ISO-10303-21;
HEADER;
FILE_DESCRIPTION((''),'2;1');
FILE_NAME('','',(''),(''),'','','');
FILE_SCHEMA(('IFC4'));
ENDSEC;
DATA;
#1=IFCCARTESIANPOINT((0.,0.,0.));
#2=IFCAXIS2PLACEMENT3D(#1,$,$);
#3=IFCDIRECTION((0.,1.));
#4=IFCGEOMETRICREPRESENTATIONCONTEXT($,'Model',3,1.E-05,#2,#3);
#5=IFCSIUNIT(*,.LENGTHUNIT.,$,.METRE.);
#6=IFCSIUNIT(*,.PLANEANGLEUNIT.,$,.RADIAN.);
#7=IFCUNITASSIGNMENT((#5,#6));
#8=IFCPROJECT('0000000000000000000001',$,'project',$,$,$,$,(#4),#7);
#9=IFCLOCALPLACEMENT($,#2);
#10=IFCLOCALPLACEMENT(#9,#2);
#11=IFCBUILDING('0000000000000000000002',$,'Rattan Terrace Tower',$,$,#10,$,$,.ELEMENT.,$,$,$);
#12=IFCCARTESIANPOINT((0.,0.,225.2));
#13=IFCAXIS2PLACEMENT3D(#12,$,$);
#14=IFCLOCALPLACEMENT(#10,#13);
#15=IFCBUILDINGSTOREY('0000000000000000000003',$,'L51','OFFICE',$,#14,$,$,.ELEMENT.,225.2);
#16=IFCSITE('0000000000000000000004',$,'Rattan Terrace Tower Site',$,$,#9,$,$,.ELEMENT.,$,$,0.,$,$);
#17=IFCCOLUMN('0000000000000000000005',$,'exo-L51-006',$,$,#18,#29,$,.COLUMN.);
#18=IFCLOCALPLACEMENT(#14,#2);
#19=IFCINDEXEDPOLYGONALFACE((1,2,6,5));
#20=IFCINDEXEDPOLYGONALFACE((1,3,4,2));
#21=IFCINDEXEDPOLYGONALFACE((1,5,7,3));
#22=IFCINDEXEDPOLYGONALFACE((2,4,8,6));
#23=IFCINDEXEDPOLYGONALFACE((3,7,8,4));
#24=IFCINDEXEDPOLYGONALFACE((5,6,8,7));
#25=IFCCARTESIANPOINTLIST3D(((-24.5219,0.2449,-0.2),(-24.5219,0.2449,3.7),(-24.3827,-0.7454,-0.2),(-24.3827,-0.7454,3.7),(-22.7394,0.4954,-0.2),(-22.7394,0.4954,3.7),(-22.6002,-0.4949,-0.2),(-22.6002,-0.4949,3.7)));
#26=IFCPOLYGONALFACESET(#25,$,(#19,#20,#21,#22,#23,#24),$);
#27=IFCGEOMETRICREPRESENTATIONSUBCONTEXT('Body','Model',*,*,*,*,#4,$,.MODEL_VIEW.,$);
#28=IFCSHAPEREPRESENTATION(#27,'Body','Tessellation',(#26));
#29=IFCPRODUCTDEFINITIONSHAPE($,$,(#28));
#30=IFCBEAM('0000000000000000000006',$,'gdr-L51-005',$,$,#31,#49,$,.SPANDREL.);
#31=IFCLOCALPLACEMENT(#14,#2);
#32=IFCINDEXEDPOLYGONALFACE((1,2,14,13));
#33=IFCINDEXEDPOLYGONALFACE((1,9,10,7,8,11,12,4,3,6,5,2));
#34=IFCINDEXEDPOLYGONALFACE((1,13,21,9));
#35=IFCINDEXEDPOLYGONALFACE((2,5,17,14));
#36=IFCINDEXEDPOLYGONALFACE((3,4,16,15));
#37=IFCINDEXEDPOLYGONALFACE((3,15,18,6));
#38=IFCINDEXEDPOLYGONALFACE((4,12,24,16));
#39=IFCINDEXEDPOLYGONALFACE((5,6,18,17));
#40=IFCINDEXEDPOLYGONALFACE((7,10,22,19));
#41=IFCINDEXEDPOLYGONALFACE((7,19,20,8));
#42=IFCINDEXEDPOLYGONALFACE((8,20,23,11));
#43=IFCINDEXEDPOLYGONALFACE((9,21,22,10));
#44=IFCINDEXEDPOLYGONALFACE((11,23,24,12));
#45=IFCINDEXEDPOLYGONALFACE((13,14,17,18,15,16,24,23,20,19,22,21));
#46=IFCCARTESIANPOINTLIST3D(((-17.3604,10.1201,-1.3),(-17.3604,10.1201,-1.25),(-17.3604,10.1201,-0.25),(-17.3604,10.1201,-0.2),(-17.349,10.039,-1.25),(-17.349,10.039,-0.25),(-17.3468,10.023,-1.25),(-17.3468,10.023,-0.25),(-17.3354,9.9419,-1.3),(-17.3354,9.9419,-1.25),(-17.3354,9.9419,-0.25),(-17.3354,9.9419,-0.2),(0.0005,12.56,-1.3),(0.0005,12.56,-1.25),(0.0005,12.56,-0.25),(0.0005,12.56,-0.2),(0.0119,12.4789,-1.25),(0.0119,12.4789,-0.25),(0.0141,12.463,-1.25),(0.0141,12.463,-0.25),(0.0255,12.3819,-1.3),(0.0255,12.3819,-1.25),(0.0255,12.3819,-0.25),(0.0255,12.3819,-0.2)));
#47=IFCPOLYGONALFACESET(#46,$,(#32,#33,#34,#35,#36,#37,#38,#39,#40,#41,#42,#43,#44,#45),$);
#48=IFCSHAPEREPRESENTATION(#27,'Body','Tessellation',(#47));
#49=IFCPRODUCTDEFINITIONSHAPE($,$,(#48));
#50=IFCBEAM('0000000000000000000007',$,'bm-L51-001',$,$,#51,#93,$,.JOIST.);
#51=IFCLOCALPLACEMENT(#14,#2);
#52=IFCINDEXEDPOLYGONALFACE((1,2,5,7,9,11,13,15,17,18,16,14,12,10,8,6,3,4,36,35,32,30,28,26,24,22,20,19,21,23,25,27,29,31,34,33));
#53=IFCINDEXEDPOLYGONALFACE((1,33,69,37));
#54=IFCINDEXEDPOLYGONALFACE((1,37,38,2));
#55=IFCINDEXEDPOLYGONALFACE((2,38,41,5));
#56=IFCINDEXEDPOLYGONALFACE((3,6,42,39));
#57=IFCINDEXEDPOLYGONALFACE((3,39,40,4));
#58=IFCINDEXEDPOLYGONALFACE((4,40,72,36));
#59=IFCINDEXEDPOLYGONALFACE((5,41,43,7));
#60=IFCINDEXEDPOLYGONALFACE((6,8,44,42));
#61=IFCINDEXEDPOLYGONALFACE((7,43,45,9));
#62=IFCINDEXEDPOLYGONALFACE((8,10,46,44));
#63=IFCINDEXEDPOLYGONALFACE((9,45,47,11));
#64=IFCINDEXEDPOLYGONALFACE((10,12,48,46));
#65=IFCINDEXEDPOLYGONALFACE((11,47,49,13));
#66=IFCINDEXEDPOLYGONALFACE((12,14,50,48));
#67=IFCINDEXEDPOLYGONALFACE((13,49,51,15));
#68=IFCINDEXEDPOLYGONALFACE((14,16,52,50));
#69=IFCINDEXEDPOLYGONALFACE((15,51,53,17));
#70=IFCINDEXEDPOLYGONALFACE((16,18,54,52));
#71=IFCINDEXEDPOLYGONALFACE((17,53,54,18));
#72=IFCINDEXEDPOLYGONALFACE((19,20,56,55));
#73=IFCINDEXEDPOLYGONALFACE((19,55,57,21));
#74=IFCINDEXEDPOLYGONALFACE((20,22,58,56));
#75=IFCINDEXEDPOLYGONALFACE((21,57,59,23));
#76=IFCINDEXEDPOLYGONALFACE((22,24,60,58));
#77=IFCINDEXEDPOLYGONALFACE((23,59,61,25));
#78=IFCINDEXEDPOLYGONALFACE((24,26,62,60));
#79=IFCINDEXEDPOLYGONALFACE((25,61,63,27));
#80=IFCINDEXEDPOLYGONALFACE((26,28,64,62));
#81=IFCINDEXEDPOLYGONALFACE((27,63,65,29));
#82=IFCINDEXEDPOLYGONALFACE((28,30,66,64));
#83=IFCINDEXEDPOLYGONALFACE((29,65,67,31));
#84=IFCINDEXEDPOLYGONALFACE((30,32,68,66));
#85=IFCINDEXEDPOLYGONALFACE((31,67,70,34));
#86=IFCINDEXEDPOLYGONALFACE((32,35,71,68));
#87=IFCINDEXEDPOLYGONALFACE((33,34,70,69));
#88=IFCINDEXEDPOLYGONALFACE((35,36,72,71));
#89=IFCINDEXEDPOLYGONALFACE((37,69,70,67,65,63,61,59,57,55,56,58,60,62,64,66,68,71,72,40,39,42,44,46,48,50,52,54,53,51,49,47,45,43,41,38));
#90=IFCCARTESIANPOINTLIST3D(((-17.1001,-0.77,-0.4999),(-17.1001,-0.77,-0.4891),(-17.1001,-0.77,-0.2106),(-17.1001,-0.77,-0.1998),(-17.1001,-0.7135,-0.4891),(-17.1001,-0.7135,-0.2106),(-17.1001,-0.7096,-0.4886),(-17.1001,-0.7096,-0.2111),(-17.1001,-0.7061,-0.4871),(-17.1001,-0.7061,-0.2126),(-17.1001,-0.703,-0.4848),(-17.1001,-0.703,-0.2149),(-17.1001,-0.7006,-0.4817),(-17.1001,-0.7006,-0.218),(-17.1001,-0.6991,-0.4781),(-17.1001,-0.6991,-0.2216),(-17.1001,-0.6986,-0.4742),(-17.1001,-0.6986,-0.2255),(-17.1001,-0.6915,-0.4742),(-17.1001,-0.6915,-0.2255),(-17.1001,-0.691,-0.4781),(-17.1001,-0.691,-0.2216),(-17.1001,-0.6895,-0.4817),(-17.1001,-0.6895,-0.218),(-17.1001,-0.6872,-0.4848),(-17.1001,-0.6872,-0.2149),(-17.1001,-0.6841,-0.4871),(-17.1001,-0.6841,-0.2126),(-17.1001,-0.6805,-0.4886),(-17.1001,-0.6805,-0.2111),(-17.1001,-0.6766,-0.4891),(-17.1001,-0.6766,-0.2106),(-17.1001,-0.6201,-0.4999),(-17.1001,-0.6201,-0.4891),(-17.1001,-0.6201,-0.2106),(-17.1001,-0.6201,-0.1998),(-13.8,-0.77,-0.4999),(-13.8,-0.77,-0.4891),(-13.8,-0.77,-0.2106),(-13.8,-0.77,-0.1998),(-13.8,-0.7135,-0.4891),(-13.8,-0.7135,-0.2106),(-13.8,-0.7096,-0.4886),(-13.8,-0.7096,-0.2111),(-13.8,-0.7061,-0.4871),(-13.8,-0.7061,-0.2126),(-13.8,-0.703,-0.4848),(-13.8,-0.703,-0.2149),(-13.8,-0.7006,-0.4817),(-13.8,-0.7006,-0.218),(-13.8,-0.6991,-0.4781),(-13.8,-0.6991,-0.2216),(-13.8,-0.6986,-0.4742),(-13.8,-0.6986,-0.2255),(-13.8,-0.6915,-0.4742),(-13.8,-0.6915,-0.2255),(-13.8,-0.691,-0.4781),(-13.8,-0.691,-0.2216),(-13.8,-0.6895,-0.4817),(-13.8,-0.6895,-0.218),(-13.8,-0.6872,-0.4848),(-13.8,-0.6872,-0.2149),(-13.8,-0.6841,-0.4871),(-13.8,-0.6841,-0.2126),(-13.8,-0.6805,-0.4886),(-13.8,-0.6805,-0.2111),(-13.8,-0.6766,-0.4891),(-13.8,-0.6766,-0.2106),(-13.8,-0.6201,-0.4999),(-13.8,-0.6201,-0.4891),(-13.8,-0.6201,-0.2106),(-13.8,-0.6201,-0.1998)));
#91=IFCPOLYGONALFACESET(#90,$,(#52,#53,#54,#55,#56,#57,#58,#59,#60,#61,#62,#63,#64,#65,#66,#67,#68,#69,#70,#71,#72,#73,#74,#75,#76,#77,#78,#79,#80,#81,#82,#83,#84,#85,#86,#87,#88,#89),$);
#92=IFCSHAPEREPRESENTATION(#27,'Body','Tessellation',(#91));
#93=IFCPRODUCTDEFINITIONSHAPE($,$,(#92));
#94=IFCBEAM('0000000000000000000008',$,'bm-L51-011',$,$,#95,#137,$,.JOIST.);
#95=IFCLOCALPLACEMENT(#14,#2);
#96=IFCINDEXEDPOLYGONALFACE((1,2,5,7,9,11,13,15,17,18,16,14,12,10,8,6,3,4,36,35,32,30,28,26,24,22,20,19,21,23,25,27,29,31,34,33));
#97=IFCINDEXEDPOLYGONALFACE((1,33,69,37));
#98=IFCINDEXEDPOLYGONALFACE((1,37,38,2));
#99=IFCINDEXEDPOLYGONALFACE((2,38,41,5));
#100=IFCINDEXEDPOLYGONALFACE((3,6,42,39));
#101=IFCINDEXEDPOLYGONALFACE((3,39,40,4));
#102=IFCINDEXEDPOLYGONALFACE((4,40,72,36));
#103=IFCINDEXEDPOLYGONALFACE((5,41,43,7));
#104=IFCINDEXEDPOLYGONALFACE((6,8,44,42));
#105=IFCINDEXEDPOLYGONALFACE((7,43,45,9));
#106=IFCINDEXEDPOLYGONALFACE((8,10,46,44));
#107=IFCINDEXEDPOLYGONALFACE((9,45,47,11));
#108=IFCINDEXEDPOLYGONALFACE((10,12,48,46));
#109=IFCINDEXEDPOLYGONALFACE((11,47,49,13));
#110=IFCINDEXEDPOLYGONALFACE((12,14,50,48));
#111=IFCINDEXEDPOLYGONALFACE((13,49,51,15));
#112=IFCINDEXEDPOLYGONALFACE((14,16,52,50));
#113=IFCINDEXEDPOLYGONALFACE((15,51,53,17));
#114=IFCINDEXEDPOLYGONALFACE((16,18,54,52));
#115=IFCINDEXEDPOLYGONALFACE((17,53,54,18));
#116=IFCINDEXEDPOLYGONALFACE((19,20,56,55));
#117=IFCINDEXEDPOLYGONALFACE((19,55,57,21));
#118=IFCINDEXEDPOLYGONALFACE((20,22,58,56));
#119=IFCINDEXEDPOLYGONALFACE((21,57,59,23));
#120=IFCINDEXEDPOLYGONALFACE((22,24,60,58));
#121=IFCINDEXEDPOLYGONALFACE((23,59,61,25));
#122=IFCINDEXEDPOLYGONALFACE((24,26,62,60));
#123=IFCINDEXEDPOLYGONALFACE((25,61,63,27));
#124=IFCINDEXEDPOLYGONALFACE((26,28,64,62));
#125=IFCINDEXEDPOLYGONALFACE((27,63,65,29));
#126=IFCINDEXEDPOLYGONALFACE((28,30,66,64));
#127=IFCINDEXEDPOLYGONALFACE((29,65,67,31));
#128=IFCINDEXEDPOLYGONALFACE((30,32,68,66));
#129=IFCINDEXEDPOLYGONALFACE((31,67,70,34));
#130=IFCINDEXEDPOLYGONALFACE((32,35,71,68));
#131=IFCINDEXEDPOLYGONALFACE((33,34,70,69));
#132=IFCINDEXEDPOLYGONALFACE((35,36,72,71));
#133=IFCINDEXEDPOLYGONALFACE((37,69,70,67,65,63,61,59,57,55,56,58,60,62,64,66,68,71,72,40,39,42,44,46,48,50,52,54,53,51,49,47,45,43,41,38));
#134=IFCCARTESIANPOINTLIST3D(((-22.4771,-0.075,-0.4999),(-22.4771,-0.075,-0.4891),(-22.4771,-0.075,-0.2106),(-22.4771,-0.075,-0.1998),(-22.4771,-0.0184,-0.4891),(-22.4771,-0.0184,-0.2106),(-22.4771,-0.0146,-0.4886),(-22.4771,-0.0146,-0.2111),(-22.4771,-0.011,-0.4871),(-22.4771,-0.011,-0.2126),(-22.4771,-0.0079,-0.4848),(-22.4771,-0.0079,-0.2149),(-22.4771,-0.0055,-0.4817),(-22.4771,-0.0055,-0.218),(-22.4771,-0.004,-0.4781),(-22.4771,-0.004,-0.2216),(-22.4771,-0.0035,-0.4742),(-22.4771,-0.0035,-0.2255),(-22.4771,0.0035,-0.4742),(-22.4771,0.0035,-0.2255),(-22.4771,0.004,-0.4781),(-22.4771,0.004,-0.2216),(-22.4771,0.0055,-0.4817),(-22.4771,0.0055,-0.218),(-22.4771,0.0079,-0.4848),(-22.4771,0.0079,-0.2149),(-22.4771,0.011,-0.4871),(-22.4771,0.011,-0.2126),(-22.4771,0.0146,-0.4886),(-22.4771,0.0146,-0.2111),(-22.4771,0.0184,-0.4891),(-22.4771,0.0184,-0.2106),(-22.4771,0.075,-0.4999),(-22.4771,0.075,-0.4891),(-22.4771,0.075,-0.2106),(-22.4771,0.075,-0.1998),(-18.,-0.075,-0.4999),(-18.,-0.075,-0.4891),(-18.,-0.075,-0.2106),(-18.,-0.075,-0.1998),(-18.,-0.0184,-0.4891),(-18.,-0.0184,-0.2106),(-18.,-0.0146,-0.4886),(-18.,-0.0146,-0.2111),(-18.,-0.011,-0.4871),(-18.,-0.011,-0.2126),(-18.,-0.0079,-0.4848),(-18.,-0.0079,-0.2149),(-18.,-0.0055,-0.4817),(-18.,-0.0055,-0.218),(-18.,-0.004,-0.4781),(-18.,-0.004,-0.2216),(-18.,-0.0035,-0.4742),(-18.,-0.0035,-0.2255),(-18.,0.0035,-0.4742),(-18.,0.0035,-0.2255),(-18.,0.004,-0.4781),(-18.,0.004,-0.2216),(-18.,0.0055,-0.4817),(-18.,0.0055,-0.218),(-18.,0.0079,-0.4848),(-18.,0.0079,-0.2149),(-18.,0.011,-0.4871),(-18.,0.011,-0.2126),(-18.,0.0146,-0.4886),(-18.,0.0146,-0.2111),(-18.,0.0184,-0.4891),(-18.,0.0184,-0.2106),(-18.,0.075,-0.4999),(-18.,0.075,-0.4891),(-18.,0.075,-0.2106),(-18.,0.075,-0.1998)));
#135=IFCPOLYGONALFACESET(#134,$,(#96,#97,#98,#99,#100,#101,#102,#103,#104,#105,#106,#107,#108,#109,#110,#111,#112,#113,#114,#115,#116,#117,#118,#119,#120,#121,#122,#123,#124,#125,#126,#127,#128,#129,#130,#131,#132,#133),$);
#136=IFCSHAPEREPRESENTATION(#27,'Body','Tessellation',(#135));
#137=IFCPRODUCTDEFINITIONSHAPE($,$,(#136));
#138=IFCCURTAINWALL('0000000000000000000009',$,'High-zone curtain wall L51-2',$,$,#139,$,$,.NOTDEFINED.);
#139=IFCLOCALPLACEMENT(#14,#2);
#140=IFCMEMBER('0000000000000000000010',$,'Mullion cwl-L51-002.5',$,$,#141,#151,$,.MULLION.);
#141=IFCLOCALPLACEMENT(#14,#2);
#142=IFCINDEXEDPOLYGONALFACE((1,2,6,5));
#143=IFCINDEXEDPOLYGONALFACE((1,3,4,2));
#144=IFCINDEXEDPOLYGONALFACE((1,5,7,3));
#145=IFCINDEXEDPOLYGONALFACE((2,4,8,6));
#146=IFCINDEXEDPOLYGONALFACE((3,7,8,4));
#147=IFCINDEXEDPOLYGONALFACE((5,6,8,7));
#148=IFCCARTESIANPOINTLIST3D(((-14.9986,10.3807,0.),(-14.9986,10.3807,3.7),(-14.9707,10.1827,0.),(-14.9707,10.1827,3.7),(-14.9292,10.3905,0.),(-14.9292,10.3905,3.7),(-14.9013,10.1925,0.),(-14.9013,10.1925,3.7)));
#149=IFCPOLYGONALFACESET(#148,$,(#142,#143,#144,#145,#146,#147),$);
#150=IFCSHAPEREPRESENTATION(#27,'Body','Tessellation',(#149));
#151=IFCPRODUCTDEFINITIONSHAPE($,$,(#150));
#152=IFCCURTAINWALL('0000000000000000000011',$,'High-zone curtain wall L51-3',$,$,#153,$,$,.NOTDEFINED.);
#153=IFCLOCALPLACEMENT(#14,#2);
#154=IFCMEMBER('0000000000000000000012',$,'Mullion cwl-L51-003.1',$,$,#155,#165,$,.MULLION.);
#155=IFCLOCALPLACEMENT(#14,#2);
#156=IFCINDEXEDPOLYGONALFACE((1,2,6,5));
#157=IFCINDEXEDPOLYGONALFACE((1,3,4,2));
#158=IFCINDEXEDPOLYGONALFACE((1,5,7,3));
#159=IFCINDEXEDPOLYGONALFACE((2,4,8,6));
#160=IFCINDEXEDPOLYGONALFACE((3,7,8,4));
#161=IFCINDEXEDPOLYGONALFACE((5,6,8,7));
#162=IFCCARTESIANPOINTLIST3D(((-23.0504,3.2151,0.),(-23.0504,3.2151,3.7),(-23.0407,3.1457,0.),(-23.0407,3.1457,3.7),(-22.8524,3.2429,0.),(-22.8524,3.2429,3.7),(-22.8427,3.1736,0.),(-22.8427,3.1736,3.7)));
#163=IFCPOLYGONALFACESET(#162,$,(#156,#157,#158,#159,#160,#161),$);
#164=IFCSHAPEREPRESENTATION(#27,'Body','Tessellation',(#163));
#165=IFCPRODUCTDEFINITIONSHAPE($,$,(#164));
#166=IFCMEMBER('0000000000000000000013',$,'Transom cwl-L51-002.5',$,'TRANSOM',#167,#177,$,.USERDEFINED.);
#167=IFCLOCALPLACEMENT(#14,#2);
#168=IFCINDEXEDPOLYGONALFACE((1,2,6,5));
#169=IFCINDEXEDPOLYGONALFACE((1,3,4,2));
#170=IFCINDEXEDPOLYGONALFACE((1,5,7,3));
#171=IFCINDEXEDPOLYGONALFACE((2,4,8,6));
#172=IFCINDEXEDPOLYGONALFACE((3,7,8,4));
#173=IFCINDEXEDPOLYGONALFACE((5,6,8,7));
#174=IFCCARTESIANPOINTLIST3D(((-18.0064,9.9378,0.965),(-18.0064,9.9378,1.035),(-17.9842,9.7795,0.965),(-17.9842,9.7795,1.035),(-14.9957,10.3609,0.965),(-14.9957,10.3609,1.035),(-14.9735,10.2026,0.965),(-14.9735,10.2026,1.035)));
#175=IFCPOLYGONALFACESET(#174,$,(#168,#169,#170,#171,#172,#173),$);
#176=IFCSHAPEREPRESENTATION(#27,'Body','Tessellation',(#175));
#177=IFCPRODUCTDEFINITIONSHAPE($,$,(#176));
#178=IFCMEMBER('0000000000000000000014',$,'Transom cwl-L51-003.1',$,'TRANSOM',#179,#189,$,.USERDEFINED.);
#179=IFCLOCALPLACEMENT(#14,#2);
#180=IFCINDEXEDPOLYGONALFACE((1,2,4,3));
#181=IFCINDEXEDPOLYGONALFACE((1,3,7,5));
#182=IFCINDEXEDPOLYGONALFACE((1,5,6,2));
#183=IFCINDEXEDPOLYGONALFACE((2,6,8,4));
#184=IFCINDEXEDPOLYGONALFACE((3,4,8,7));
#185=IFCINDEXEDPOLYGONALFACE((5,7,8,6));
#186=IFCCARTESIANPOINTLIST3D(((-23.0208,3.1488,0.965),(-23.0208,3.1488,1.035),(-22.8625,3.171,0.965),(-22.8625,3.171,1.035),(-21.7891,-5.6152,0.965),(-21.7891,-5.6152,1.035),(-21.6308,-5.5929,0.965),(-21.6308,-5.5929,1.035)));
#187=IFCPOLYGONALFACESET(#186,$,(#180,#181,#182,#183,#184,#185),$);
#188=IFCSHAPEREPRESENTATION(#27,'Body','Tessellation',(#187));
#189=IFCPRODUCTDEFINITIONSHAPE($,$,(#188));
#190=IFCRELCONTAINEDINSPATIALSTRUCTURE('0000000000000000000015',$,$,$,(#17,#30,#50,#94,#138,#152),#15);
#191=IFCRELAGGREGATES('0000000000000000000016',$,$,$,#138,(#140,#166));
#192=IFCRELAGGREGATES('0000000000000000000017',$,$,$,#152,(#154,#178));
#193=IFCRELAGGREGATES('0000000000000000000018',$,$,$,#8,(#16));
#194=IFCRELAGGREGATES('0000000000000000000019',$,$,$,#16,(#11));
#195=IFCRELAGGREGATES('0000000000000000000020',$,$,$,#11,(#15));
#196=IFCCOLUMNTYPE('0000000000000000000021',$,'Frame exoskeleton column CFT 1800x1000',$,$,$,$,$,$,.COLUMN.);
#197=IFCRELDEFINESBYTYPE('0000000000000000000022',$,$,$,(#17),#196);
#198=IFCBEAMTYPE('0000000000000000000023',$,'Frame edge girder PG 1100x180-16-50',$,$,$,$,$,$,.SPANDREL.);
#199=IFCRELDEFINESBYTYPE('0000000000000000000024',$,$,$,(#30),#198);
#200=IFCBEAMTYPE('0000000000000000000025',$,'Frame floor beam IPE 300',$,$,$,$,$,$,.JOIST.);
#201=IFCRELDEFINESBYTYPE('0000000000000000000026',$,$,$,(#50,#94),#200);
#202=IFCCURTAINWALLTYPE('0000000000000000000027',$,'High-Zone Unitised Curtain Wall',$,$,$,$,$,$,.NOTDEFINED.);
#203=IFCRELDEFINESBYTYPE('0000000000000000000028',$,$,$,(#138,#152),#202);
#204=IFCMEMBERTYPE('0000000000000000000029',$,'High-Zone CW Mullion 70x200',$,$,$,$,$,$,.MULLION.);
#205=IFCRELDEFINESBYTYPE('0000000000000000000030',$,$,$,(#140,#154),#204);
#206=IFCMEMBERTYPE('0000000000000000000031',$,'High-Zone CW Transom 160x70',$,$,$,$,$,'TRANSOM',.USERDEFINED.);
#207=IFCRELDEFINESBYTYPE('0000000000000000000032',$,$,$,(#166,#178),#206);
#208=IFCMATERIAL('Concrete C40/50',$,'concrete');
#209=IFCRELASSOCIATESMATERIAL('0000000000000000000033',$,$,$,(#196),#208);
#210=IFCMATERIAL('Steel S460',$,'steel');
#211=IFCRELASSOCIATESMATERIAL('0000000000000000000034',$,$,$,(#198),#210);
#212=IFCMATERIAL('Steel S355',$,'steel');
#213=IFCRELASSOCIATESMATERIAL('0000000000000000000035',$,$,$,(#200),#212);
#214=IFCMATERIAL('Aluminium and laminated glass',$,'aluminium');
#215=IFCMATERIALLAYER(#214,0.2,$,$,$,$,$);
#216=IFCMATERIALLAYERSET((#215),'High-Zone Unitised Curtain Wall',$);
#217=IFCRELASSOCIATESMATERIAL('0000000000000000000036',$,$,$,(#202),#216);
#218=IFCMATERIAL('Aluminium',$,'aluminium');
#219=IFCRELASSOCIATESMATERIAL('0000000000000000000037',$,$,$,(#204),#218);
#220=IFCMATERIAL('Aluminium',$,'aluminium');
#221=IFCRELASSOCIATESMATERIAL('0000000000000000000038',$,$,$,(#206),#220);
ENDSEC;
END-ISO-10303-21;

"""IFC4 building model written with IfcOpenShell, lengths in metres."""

from ifc_helpers import new_model, si_unit, direction, frame, origin, origin_2d, place, context, subcontext, project, spatial, rectangle, i_section, extrude, material, layer, layer_set, material_profile, profile_set, type_object, element, aggregate, save


model = new_model("IFC4")

# Units and contexts
model_context = context("Model", 3, precision=1e-05, world=origin(), true_north=direction((0.0, 1.0)))
body_context = subcontext(model_context, "Body", "Model", "MODEL_VIEW")
ifc_project = project(units=[si_unit("LENGTHUNIT", "METRE"), si_unit("PLANEANGLEUNIT", "RADIAN")], contexts=[model_context])

# Site, building, storey
site_placement = place(None, origin())
site = spatial("IfcSite", under=ifc_project, at=site_placement, Name="Rattan Terrace Tower Site", CompositionType="ELEMENT", RefElevation=0.0)
building_placement = place(site_placement, origin())
building = spatial("IfcBuilding", under=site, at=building_placement, Name="Rattan Terrace Tower", CompositionType="ELEMENT")
storey_placement = place(building_placement, frame((0.0, 0.0, 225.2)))
storey = spatial("IfcBuildingStorey", under=building, at=storey_placement, Name="L51", Description="OFFICE", CompositionType="ELEMENT", Elevation=225.2)

# Column
ifc_material_1 = material(Name="Concrete C40/50", Category="concrete")
ifc_material_profile_1 = material_profile(ifc_material_1, rectangle(XDim=1.0, YDim=1.8, at=origin_2d()), Name="CFT 1800x1000")
ifc_profile_set_1 = profile_set([ifc_material_profile_1], Name="Concrete C40/50")
column_type = type_object("IfcColumnType", Name="Frame exoskeleton column CFT 1800x1000", PredefinedType="COLUMN", material=ifc_profile_set_1)
column_placement = place(storey_placement, frame((-23.561, -0.125, -0.2), z_axis=(0.0, 0.0, 1.0), x_axis=(-0.13919, 0.990266, 0.0)))
element("IfcColumn", 1, at=column_placement, inside=storey, type_object=column_type, Name="exo-L51-006", PredefinedType="COLUMN", context=body_context, shape_type="SweptSolid", body=[
    extrude(rectangle(XDim=1.0, YDim=1.8, at=origin_2d()), origin(), (0.0, 0.0, 1.0), 3.8999),
])

# Beams
ifc_material_2 = material(Name="Steel S460", Category="steel")
ifc_material_profile_2 = material_profile(ifc_material_2, i_section(OverallWidth=0.1799, OverallDepth=1.1001, WebThickness=0.0161, FlangeThickness=0.05, at=origin_2d()), Name="PG 1100x180-16-50")
ifc_profile_set_2 = profile_set([ifc_material_profile_2], Name="Steel S460")
beam_type_1 = type_object("IfcBeamType", Name="Frame edge girder PG 1100x180-16-50", PredefinedType="SPANDREL", material=ifc_profile_set_2)
beam_1_placement = place(storey_placement, frame((-17.3479, 10.031, -0.75), z_axis=(0.990268, 0.139175, 0.0), x_axis=(-0.139175, 0.990268, 0.0)))
element("IfcBeam", 2, at=beam_1_placement, inside=storey, type_object=beam_type_1, Name="gdr-L51-005", PredefinedType="SPANDREL", context=body_context, shape_type="SweptSolid", body=[
    extrude(i_section(OverallWidth=0.1799, OverallDepth=1.1001, WebThickness=0.0161, FlangeThickness=0.05, at=origin_2d()), origin(), (0.0, 0.0, 1.0), 17.5315),
])
ifc_material_3 = material(Name="Steel S355", Category="steel")
ifc_material_profile_3 = material_profile(ifc_material_3, i_section(OverallWidth=0.1499, OverallDepth=0.3, WebThickness=0.0071, FlangeThickness=0.0107, FilletRadius=0.0149, at=origin_2d()), Name="IPE 300")
ifc_profile_set_3 = profile_set([ifc_material_profile_3], Name="Steel S355")
beam_type_2 = type_object("IfcBeamType", Name="Frame floor beam IPE 300", PredefinedType="JOIST", material=ifc_profile_set_3)
beam_2_placement = place(storey_placement, frame((-17.1001, -0.6951, -0.3499), z_axis=(1.0, 0.0, 0.0), x_axis=(0.0, 1.0, 0.0)))
element("IfcBeam", 3, at=beam_2_placement, inside=storey, type_object=beam_type_2, Name="bm-L51-001", PredefinedType="JOIST", context=body_context, shape_type="SweptSolid", body=[
    extrude(i_section(OverallWidth=0.1499, OverallDepth=0.3, WebThickness=0.0071, FlangeThickness=0.0107, FilletRadius=0.0149, at=origin_2d()), origin(), (0.0, 0.0, 1.0), 3.3),
])
beam_3_placement = place(storey_placement, frame((-22.4771, 0.0, -0.3499), z_axis=(1.0, 0.0, 0.0), x_axis=(0.0, 1.0, 0.0)))
element("IfcBeam", 4, at=beam_3_placement, inside=storey, type_object=beam_type_2, Name="bm-L51-011", PredefinedType="JOIST", context=body_context, shape_type="SweptSolid", body=[
    extrude(i_section(OverallWidth=0.1499, OverallDepth=0.3, WebThickness=0.0071, FlangeThickness=0.0107, FilletRadius=0.0149, at=origin_2d()), origin(), (0.0, 0.0, 1.0), 4.4771),
])

# Curtain walls, members
ifc_material_4 = material(Name="Aluminium and laminated glass", Category="aluminium")
ifc_layer_1 = layer(ifc_material_4, 0.2)
ifc_layer_set_1 = layer_set([ifc_layer_1], Name="High-Zone Unitised Curtain Wall")
curtain_wall_type = type_object("IfcCurtainWallType", Name="High-Zone Unitised Curtain Wall", PredefinedType="NOTDEFINED", material=ifc_layer_set_1)
curtain_wall_1_placement = place(storey_placement, origin())
curtain_wall_1 = element("IfcCurtainWall", 5, at=curtain_wall_1_placement, inside=storey, type_object=curtain_wall_type, Name="High-zone curtain wall L51-2", PredefinedType="NOTDEFINED")
ifc_material_5 = material(Name="Aluminium", Category="aluminium")
ifc_material_profile_4 = material_profile(ifc_material_5, rectangle(XDim=0.0701, YDim=0.2, at=origin_2d()), Name="Aluminium 70x200")
ifc_profile_set_4 = profile_set([ifc_material_profile_4], Name="Aluminium")
member_type_1 = type_object("IfcMemberType", Name="High-Zone CW Mullion 70x200", PredefinedType="MULLION", material=ifc_profile_set_4)
member_1_placement = place(storey_placement, frame((-14.95, 10.2866, 0.0), z_axis=(0.0, 0.0, 1.0), x_axis=(-0.990267, -0.139177, 0.0)))
member_1 = element("IfcMember", 6, at=member_1_placement, type_object=member_type_1, Name="Mullion cwl-L51-002.5", PredefinedType="MULLION", context=body_context, shape_type="SweptSolid", body=[
    extrude(rectangle(XDim=0.0701, YDim=0.2, at=origin_2d()), origin(), (0.0, 0.0, 1.0), 3.7),
])
curtain_wall_2_placement = place(storey_placement, origin())
curtain_wall_2 = element("IfcCurtainWall", 7, at=curtain_wall_2_placement, inside=storey, type_object=curtain_wall_type, Name="High-zone curtain wall L51-3", PredefinedType="NOTDEFINED")
member_2_placement = place(storey_placement, frame((-22.9465, 3.1943, 0.0), z_axis=(0.0, 0.0, 1.0), x_axis=(0.139186, -0.990266, 0.0)))
member_2 = element("IfcMember", 8, at=member_2_placement, type_object=member_type_1, Name="Mullion cwl-L51-003.1", PredefinedType="MULLION", context=body_context, shape_type="SweptSolid", body=[
    extrude(rectangle(XDim=0.0701, YDim=0.2, at=origin_2d()), origin(), (0.0, 0.0, 1.0), 3.7),
])

# Members
ifc_material_6 = material(Name="Aluminium", Category="aluminium")
ifc_material_profile_5 = material_profile(ifc_material_6, rectangle(XDim=0.1599, YDim=0.0701, at=origin_2d()), Name="Aluminium 160x70")
ifc_profile_set_5 = profile_set([ifc_material_profile_5], Name="Aluminium")
member_type_2 = type_object("IfcMemberType", Name="High-Zone CW Transom 160x70", ElementType="TRANSOM", PredefinedType="USERDEFINED", material=ifc_profile_set_5)
member_3_placement = place(storey_placement, frame((-14.9846, 10.2817, 1.0), z_axis=(-0.99027, -0.139161, 0.0), x_axis=(0.139161, -0.99027, 0.0)))
member_3 = element("IfcMember", 9, at=member_3_placement, type_object=member_type_2, Name="Transom cwl-L51-002.5", ObjectType="TRANSOM", PredefinedType="USERDEFINED", context=body_context, shape_type="SweptSolid", body=[
    extrude(rectangle(XDim=0.1599, YDim=0.0701, at=origin_2d()), origin(), (0.0, 0.0, 1.0), 3.0403),
])
member_4_placement = place(storey_placement, frame((-22.9417, 3.1599, 1.0), z_axis=(0.139173, -0.990268, 0.0), x_axis=(0.990268, 0.139173, 0.0)))
member_4 = element("IfcMember", 10, at=member_4_placement, type_object=member_type_2, Name="Transom cwl-L51-003.1", ObjectType="TRANSOM", PredefinedType="USERDEFINED", context=body_context, shape_type="SweptSolid", body=[
    extrude(rectangle(XDim=0.1599, YDim=0.0701, at=origin_2d()), origin(), (0.0, 0.0, 1.0), 8.8501),
])

aggregate(curtain_wall_1, [member_1, member_3])
aggregate(curtain_wall_2, [member_2, member_4])

save(model, "model.ifc")
